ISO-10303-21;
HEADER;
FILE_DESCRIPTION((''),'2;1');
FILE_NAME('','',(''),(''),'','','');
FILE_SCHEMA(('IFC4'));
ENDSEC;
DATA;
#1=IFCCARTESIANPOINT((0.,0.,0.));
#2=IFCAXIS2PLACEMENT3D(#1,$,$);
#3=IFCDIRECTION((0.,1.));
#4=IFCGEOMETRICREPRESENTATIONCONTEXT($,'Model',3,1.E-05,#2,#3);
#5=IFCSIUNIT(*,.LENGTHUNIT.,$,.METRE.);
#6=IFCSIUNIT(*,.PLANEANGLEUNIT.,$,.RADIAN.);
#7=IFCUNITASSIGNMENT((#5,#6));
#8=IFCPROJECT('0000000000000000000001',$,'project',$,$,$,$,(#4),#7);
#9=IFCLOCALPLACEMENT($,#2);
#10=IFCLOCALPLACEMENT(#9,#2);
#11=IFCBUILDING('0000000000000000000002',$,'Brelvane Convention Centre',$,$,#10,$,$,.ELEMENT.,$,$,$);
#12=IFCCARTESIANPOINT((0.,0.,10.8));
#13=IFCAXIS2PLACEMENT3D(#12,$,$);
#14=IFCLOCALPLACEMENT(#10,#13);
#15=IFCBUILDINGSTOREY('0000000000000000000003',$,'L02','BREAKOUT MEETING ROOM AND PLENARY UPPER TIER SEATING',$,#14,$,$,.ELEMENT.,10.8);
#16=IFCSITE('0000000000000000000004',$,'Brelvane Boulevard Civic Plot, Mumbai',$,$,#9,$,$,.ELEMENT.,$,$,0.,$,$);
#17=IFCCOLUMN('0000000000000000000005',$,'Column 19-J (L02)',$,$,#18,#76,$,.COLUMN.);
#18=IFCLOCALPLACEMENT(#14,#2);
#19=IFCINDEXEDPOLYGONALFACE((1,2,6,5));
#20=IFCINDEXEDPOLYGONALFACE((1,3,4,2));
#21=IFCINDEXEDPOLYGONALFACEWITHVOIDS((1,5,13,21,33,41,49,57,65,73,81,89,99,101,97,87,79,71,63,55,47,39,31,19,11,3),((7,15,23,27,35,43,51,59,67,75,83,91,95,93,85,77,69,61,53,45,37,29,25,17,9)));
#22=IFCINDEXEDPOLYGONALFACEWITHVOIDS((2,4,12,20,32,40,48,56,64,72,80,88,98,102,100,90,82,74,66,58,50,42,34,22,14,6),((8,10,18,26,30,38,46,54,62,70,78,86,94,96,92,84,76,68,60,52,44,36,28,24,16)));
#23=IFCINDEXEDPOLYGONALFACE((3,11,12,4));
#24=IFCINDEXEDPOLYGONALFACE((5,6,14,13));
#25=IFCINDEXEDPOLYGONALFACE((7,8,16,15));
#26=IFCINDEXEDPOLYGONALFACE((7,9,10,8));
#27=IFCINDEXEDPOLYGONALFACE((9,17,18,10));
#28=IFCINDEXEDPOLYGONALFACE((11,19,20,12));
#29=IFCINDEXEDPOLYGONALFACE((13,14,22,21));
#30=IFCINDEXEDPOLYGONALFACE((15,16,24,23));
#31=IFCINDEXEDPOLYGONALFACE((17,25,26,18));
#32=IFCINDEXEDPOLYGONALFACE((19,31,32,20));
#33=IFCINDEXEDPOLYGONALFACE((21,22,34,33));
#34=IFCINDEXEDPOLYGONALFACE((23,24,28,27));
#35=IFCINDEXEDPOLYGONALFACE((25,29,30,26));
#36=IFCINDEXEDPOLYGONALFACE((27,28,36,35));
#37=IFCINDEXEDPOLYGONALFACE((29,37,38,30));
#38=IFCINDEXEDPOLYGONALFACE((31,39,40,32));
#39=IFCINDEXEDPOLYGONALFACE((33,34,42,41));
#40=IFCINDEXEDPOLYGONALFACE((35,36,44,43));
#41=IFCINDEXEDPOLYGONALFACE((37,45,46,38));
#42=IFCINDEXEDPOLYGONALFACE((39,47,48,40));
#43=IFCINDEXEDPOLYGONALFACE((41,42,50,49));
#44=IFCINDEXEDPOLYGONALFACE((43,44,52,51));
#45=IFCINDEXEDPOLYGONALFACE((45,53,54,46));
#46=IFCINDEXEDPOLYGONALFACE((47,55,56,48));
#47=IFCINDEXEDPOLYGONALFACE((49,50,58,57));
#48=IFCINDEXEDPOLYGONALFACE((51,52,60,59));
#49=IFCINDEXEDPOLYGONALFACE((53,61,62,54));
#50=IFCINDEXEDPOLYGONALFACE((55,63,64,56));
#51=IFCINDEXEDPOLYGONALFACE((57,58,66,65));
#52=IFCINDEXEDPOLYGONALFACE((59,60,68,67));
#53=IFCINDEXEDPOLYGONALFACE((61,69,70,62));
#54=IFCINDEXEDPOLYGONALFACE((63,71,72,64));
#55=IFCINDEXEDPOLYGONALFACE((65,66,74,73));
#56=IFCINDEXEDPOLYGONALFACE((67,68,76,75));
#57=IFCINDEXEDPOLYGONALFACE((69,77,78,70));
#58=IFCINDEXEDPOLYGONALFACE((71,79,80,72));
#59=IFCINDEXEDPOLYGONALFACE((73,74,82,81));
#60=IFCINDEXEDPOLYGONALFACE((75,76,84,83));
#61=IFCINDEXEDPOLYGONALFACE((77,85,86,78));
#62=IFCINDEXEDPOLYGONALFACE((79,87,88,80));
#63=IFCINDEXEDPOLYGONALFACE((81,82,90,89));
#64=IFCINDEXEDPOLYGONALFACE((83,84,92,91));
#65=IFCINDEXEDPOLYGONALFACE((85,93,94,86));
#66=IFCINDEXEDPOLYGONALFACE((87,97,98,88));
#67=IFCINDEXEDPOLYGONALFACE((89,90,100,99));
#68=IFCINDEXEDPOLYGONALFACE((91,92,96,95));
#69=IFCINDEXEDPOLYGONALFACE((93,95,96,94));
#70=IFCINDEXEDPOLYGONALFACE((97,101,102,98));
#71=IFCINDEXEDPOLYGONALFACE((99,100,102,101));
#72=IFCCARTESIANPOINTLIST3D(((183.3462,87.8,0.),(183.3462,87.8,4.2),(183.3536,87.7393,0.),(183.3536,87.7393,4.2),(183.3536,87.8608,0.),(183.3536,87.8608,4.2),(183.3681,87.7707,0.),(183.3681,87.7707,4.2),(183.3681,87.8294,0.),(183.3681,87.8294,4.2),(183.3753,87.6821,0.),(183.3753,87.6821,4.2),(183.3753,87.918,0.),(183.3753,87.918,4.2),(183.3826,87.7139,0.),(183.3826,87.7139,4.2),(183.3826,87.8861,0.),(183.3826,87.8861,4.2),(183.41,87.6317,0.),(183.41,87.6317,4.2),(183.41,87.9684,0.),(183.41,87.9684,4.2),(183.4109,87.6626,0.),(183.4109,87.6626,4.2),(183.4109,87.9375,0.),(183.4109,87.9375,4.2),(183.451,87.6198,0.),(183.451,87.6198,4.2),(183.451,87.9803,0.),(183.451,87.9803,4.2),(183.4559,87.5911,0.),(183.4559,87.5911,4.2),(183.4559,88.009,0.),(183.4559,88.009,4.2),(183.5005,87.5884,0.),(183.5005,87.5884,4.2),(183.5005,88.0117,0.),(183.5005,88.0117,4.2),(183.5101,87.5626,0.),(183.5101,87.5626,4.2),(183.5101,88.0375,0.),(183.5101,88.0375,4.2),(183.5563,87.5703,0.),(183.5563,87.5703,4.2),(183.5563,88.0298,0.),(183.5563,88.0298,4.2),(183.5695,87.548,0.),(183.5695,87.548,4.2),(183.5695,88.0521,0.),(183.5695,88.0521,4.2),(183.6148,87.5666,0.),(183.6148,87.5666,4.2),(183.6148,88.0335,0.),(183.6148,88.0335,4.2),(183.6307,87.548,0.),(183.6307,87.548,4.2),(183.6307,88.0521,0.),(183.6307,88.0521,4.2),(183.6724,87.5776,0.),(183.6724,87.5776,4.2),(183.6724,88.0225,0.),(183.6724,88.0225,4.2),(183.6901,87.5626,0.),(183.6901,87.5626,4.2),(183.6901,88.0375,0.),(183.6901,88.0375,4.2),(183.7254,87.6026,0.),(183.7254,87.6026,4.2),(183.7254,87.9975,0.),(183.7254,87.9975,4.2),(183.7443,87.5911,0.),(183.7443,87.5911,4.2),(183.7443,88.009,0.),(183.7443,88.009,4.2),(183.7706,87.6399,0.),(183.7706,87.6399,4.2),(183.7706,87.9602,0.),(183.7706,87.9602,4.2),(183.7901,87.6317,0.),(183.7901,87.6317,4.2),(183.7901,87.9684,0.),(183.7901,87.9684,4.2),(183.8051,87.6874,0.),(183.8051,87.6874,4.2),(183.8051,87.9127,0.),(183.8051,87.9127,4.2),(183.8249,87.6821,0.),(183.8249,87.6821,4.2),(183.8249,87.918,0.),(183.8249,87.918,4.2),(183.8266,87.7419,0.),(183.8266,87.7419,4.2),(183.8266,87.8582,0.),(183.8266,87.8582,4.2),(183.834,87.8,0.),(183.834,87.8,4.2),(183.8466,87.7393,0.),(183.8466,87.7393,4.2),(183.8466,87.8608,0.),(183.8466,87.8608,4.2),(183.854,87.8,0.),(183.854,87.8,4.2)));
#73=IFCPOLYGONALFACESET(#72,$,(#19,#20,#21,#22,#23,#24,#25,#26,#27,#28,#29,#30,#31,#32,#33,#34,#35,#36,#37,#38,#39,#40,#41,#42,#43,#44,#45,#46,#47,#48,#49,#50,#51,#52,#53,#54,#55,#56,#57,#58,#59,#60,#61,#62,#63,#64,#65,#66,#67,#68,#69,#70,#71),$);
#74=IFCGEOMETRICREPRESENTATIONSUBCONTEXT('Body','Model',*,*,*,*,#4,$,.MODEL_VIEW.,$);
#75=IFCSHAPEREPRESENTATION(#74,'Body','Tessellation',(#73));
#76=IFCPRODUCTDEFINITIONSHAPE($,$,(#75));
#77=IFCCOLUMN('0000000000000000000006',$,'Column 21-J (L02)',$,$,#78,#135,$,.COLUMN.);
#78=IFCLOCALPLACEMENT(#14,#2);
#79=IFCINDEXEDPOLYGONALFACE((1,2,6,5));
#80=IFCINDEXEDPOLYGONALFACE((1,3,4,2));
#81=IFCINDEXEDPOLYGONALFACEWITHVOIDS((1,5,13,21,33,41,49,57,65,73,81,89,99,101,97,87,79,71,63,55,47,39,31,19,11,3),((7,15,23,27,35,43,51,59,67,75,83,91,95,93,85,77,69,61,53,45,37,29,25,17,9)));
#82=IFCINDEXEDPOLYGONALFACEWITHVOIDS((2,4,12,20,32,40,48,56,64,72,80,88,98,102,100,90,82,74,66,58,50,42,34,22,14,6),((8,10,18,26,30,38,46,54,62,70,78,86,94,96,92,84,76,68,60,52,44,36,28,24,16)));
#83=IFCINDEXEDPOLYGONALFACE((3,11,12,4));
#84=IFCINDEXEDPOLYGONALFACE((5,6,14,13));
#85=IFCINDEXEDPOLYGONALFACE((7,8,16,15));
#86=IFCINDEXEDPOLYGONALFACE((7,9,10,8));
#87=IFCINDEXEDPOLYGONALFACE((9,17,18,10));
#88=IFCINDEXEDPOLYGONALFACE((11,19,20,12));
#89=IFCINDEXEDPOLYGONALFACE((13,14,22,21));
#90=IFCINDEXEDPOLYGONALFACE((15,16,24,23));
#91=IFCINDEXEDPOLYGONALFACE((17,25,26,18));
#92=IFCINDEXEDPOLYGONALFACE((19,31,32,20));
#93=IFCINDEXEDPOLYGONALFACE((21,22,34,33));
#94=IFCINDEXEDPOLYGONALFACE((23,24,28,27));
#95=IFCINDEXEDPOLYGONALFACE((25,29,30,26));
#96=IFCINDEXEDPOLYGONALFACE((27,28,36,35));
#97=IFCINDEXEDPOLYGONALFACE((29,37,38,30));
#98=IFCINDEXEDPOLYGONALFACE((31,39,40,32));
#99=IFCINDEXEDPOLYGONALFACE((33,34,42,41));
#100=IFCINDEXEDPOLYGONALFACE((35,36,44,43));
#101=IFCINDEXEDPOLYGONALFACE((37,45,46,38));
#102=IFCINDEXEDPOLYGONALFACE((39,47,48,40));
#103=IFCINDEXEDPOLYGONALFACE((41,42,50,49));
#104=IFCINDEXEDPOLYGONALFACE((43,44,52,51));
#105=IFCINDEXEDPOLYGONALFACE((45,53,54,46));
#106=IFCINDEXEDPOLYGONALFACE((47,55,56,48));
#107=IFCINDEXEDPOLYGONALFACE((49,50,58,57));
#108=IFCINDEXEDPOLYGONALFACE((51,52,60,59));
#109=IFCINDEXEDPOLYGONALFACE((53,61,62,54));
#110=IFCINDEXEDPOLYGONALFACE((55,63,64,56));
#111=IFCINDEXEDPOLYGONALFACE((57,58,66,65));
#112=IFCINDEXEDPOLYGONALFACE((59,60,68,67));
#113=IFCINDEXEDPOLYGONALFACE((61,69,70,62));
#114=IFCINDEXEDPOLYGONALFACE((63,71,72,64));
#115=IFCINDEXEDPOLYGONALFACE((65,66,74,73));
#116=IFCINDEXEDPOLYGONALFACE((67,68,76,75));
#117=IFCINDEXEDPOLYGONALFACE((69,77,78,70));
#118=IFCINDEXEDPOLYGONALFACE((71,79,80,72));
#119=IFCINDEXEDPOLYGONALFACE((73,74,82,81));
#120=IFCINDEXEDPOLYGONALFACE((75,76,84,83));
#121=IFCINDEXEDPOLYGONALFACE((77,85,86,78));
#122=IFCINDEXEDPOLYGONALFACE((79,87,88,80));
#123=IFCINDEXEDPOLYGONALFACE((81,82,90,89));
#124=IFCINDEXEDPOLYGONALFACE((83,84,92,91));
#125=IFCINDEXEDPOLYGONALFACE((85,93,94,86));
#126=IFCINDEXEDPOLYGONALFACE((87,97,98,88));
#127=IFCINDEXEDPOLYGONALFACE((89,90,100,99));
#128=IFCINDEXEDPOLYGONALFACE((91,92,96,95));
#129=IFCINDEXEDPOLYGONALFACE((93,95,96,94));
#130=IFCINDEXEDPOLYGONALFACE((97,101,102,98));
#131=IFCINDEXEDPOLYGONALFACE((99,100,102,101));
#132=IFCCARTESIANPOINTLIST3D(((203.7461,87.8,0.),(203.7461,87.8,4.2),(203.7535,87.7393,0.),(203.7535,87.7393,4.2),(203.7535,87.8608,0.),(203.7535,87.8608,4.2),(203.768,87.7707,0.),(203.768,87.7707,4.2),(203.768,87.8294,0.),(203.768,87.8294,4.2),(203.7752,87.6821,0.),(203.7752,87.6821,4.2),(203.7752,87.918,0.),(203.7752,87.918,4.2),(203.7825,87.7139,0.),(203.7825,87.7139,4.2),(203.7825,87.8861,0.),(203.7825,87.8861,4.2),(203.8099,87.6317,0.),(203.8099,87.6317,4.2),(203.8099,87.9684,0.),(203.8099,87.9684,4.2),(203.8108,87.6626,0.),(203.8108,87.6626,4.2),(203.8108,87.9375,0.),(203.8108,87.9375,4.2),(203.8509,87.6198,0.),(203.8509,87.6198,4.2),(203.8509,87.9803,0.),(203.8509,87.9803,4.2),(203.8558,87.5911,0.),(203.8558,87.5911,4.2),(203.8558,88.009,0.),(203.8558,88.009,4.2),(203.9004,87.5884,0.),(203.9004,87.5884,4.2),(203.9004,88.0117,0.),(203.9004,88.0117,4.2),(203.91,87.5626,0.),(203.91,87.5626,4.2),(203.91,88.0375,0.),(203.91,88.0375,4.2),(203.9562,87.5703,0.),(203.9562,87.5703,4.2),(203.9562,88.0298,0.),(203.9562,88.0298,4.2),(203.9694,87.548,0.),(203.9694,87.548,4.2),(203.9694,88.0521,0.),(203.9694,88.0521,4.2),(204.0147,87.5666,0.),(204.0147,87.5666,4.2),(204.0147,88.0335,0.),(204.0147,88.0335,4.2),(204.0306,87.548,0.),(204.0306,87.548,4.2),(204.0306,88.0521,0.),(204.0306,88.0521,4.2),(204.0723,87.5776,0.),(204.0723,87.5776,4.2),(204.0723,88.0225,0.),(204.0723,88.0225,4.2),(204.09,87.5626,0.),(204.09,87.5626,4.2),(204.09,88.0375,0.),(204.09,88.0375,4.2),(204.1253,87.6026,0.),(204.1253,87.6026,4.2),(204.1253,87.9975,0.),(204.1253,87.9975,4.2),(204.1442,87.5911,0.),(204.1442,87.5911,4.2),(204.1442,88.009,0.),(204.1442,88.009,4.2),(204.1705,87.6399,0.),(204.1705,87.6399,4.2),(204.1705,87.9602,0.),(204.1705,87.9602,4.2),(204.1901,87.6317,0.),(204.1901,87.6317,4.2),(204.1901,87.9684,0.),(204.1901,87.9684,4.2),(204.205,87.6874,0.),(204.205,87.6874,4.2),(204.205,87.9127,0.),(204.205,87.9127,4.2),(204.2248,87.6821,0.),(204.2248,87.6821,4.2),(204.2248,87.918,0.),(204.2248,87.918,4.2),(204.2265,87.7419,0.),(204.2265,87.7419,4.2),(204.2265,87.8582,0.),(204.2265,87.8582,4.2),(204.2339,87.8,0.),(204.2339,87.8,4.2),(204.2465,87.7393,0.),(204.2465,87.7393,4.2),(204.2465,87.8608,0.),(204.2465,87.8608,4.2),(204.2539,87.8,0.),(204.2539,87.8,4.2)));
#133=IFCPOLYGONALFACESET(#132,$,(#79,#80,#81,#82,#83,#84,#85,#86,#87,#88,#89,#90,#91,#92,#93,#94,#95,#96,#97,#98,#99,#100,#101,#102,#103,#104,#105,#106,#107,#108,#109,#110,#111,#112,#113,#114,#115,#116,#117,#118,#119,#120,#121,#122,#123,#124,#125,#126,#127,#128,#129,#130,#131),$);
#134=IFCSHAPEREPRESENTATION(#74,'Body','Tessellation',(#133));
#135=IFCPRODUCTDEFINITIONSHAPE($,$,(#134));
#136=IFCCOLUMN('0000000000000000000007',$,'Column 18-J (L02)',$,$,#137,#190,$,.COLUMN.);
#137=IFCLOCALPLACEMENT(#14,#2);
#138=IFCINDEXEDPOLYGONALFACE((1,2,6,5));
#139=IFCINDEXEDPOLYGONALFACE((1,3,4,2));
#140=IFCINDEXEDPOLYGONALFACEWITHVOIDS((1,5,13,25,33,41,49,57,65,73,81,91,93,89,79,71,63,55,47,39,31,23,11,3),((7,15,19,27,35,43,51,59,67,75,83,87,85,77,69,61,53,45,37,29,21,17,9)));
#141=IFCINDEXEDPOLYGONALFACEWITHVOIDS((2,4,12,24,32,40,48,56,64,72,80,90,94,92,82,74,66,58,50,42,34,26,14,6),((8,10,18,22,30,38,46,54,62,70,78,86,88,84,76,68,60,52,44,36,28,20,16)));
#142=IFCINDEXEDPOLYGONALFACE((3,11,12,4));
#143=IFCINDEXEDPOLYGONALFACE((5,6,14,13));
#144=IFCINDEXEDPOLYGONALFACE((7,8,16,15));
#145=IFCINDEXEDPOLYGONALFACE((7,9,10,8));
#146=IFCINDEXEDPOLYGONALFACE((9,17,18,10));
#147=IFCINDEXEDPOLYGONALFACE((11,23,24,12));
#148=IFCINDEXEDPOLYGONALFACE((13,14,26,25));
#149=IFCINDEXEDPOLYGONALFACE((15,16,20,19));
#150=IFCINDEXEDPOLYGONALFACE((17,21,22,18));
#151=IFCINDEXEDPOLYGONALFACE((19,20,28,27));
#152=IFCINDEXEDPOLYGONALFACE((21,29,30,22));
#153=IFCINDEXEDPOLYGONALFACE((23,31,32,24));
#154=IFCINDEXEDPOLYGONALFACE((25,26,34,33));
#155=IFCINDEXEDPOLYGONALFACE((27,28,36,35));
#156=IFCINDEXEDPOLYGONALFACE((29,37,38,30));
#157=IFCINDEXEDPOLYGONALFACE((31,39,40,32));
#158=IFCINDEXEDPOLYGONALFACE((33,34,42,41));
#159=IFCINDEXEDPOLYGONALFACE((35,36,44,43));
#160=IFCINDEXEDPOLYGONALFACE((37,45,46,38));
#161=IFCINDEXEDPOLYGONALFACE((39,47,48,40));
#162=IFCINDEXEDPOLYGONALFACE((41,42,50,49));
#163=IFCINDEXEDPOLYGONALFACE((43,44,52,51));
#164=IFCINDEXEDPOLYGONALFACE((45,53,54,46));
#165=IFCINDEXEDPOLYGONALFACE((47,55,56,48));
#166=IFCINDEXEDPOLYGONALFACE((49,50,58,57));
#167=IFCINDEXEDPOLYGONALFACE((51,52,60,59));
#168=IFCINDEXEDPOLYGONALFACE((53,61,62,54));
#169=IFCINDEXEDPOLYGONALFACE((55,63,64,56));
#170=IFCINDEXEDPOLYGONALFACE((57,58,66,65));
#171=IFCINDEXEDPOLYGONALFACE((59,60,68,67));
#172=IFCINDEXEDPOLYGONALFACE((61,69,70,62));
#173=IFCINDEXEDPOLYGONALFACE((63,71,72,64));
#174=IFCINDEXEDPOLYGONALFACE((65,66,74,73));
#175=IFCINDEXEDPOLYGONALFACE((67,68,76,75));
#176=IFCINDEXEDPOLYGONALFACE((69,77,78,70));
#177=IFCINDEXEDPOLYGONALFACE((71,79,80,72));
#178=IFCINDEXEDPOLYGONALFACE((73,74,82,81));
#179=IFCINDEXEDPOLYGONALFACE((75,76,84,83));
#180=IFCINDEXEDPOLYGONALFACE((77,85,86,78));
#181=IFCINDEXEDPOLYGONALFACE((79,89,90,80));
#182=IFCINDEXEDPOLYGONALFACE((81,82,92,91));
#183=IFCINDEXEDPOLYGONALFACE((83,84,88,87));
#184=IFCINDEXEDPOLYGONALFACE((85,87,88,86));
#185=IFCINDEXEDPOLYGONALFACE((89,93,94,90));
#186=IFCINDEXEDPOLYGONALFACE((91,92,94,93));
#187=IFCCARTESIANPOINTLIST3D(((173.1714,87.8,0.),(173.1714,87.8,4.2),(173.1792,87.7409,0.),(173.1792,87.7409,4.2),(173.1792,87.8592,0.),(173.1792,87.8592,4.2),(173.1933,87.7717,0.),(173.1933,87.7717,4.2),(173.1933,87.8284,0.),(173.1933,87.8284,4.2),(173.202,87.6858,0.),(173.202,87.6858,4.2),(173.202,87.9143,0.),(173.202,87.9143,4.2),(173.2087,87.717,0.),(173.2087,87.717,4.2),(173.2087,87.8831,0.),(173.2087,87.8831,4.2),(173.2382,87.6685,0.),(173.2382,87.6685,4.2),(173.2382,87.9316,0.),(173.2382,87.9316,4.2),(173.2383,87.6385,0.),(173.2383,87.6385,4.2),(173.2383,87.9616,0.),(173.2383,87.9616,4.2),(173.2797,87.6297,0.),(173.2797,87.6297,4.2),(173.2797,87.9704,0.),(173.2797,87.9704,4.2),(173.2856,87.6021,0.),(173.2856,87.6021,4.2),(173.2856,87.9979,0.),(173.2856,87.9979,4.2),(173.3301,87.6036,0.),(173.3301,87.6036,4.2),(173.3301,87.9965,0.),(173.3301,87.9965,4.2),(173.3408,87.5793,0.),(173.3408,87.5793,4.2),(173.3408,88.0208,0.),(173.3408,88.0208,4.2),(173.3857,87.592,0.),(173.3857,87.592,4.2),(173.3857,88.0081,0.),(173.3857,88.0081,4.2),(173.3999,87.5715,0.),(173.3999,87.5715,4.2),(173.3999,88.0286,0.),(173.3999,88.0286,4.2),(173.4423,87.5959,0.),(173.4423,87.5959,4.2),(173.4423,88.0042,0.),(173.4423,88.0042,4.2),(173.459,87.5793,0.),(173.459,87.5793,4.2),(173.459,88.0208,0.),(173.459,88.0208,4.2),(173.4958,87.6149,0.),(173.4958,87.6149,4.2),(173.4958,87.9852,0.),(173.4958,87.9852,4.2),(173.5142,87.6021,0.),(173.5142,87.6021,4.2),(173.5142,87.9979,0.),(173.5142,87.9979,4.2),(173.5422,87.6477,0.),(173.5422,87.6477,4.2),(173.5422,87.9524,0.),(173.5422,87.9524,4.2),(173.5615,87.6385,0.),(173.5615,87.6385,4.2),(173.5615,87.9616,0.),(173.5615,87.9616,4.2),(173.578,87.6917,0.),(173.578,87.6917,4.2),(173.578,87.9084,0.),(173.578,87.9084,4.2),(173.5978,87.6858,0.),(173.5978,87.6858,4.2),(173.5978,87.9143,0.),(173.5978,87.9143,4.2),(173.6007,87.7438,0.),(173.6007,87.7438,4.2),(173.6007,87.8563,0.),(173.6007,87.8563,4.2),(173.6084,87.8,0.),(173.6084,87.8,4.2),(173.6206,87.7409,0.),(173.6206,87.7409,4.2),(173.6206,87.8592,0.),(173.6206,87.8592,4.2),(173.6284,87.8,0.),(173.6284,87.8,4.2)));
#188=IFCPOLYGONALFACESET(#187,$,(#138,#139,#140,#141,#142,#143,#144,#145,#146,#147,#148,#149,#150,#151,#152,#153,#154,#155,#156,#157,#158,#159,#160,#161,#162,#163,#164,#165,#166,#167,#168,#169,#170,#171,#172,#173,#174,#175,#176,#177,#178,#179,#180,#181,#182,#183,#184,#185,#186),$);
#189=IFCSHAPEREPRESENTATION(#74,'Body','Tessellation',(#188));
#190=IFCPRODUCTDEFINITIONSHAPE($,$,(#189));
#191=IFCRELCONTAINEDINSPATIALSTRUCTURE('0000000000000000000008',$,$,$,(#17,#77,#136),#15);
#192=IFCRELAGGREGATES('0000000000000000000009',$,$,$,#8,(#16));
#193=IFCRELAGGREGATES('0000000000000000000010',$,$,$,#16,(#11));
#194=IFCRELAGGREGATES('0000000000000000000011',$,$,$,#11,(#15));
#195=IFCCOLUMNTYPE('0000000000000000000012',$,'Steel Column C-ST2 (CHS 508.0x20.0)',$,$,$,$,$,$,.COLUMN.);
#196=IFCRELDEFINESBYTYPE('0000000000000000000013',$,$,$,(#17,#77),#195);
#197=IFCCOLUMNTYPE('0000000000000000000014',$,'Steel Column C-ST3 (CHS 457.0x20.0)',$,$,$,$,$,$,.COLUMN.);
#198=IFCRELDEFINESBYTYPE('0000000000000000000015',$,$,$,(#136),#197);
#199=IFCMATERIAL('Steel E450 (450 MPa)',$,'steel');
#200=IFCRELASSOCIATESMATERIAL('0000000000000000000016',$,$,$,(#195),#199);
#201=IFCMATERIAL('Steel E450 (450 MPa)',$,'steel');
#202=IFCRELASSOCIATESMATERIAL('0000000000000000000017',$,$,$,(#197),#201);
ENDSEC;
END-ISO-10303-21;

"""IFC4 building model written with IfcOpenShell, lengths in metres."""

from ifc_helpers import new_model, si_unit, direction, frame, origin, origin_2d, place, context, subcontext, project, spatial, hollow_circle, extrude, material, material_profile, profile_set, type_object, element, save


model = new_model("IFC4")

# Units and contexts
model_context = context("Model", 3, precision=1e-05, world=origin(), true_north=direction((0.0, 1.0)))
body_context = subcontext(model_context, "Body", "Model", "MODEL_VIEW")
ifc_project = project(units=[si_unit("LENGTHUNIT", "METRE"), si_unit("PLANEANGLEUNIT", "RADIAN")], contexts=[model_context])

# Site, building, storey
site_placement = place(None, origin())
site = spatial("IfcSite", under=ifc_project, at=site_placement, Name="Brelvane Boulevard Civic Plot, Mumbai", CompositionType="ELEMENT", RefElevation=0.0)
building_placement = place(site_placement, origin())
building = spatial("IfcBuilding", under=site, at=building_placement, Name="Brelvane Convention Centre", CompositionType="ELEMENT")
storey_placement = place(building_placement, frame((0.0, 0.0, 10.8)))
storey = spatial("IfcBuildingStorey", under=building, at=storey_placement, Name="L02", Description="BREAKOUT MEETING ROOM AND PLENARY UPPER TIER SEATING", CompositionType="ELEMENT", Elevation=10.8)

# Columns
ifc_material_1 = material(Name="Steel E450 (450 MPa)", Category="steel")
ifc_material_profile_1 = material_profile(ifc_material_1, hollow_circle(Radius=0.2539, WallThickness=0.02, at=origin_2d()), Name="CHS 508.0x20.0")
ifc_profile_set_1 = profile_set([ifc_material_profile_1], Name="Steel E450 (450 MPa)")
column_type_1 = type_object("IfcColumnType", Name="Steel Column C-ST2 (CHS 508.0x20.0)", PredefinedType="COLUMN", material=ifc_profile_set_1)
for number, where, z_axis, x_axis, name in (
    (1, (183.6001, 87.8, 0.0), (0.0, 0.0, 1.0), (1.0, 0.0, 0.0), "Column 19-J (L02)"),
    (2, (204.0, 87.8, 0.0), (0.0, 0.0, 1.0), (1.0, 0.0, 0.0), "Column 21-J (L02)"),
):
    element("IfcColumn", number, at=place(storey_placement, frame(where, z_axis=z_axis, x_axis=x_axis)), inside=storey, type_object=column_type_1, Name=name, PredefinedType="COLUMN", context=body_context, shape_type="SweptSolid", body=[
        extrude(hollow_circle(Radius=0.2539, WallThickness=0.02, at=origin_2d()), origin(), (0.0, 0.0, 1.0), 4.2),
    ])
ifc_material_2 = material(Name="Steel E450 (450 MPa)", Category="steel")
ifc_material_profile_2 = material_profile(ifc_material_2, hollow_circle(Radius=0.2285, WallThickness=0.02, at=origin_2d()), Name="CHS 457.0x20.0")
ifc_profile_set_2 = profile_set([ifc_material_profile_2], Name="Steel E450 (450 MPa)")
column_type_2 = type_object("IfcColumnType", Name="Steel Column C-ST3 (CHS 457.0x20.0)", PredefinedType="COLUMN", material=ifc_profile_set_2)
for number, where, z_axis, x_axis, name in (
    (3, (173.3999, 87.8, 0.0), (0.0, 0.0, 1.0), (1.0, 0.0, 0.0), "Column 18-J (L02)"),
):
    element("IfcColumn", number, at=place(storey_placement, frame(where, z_axis=z_axis, x_axis=x_axis)), inside=storey, type_object=column_type_2, Name=name, PredefinedType="COLUMN", context=body_context, shape_type="SweptSolid", body=[
        extrude(hollow_circle(Radius=0.2285, WallThickness=0.02, at=origin_2d()), origin(), (0.0, 0.0, 1.0), 4.2),
    ])

save(model, "model.ifc")
